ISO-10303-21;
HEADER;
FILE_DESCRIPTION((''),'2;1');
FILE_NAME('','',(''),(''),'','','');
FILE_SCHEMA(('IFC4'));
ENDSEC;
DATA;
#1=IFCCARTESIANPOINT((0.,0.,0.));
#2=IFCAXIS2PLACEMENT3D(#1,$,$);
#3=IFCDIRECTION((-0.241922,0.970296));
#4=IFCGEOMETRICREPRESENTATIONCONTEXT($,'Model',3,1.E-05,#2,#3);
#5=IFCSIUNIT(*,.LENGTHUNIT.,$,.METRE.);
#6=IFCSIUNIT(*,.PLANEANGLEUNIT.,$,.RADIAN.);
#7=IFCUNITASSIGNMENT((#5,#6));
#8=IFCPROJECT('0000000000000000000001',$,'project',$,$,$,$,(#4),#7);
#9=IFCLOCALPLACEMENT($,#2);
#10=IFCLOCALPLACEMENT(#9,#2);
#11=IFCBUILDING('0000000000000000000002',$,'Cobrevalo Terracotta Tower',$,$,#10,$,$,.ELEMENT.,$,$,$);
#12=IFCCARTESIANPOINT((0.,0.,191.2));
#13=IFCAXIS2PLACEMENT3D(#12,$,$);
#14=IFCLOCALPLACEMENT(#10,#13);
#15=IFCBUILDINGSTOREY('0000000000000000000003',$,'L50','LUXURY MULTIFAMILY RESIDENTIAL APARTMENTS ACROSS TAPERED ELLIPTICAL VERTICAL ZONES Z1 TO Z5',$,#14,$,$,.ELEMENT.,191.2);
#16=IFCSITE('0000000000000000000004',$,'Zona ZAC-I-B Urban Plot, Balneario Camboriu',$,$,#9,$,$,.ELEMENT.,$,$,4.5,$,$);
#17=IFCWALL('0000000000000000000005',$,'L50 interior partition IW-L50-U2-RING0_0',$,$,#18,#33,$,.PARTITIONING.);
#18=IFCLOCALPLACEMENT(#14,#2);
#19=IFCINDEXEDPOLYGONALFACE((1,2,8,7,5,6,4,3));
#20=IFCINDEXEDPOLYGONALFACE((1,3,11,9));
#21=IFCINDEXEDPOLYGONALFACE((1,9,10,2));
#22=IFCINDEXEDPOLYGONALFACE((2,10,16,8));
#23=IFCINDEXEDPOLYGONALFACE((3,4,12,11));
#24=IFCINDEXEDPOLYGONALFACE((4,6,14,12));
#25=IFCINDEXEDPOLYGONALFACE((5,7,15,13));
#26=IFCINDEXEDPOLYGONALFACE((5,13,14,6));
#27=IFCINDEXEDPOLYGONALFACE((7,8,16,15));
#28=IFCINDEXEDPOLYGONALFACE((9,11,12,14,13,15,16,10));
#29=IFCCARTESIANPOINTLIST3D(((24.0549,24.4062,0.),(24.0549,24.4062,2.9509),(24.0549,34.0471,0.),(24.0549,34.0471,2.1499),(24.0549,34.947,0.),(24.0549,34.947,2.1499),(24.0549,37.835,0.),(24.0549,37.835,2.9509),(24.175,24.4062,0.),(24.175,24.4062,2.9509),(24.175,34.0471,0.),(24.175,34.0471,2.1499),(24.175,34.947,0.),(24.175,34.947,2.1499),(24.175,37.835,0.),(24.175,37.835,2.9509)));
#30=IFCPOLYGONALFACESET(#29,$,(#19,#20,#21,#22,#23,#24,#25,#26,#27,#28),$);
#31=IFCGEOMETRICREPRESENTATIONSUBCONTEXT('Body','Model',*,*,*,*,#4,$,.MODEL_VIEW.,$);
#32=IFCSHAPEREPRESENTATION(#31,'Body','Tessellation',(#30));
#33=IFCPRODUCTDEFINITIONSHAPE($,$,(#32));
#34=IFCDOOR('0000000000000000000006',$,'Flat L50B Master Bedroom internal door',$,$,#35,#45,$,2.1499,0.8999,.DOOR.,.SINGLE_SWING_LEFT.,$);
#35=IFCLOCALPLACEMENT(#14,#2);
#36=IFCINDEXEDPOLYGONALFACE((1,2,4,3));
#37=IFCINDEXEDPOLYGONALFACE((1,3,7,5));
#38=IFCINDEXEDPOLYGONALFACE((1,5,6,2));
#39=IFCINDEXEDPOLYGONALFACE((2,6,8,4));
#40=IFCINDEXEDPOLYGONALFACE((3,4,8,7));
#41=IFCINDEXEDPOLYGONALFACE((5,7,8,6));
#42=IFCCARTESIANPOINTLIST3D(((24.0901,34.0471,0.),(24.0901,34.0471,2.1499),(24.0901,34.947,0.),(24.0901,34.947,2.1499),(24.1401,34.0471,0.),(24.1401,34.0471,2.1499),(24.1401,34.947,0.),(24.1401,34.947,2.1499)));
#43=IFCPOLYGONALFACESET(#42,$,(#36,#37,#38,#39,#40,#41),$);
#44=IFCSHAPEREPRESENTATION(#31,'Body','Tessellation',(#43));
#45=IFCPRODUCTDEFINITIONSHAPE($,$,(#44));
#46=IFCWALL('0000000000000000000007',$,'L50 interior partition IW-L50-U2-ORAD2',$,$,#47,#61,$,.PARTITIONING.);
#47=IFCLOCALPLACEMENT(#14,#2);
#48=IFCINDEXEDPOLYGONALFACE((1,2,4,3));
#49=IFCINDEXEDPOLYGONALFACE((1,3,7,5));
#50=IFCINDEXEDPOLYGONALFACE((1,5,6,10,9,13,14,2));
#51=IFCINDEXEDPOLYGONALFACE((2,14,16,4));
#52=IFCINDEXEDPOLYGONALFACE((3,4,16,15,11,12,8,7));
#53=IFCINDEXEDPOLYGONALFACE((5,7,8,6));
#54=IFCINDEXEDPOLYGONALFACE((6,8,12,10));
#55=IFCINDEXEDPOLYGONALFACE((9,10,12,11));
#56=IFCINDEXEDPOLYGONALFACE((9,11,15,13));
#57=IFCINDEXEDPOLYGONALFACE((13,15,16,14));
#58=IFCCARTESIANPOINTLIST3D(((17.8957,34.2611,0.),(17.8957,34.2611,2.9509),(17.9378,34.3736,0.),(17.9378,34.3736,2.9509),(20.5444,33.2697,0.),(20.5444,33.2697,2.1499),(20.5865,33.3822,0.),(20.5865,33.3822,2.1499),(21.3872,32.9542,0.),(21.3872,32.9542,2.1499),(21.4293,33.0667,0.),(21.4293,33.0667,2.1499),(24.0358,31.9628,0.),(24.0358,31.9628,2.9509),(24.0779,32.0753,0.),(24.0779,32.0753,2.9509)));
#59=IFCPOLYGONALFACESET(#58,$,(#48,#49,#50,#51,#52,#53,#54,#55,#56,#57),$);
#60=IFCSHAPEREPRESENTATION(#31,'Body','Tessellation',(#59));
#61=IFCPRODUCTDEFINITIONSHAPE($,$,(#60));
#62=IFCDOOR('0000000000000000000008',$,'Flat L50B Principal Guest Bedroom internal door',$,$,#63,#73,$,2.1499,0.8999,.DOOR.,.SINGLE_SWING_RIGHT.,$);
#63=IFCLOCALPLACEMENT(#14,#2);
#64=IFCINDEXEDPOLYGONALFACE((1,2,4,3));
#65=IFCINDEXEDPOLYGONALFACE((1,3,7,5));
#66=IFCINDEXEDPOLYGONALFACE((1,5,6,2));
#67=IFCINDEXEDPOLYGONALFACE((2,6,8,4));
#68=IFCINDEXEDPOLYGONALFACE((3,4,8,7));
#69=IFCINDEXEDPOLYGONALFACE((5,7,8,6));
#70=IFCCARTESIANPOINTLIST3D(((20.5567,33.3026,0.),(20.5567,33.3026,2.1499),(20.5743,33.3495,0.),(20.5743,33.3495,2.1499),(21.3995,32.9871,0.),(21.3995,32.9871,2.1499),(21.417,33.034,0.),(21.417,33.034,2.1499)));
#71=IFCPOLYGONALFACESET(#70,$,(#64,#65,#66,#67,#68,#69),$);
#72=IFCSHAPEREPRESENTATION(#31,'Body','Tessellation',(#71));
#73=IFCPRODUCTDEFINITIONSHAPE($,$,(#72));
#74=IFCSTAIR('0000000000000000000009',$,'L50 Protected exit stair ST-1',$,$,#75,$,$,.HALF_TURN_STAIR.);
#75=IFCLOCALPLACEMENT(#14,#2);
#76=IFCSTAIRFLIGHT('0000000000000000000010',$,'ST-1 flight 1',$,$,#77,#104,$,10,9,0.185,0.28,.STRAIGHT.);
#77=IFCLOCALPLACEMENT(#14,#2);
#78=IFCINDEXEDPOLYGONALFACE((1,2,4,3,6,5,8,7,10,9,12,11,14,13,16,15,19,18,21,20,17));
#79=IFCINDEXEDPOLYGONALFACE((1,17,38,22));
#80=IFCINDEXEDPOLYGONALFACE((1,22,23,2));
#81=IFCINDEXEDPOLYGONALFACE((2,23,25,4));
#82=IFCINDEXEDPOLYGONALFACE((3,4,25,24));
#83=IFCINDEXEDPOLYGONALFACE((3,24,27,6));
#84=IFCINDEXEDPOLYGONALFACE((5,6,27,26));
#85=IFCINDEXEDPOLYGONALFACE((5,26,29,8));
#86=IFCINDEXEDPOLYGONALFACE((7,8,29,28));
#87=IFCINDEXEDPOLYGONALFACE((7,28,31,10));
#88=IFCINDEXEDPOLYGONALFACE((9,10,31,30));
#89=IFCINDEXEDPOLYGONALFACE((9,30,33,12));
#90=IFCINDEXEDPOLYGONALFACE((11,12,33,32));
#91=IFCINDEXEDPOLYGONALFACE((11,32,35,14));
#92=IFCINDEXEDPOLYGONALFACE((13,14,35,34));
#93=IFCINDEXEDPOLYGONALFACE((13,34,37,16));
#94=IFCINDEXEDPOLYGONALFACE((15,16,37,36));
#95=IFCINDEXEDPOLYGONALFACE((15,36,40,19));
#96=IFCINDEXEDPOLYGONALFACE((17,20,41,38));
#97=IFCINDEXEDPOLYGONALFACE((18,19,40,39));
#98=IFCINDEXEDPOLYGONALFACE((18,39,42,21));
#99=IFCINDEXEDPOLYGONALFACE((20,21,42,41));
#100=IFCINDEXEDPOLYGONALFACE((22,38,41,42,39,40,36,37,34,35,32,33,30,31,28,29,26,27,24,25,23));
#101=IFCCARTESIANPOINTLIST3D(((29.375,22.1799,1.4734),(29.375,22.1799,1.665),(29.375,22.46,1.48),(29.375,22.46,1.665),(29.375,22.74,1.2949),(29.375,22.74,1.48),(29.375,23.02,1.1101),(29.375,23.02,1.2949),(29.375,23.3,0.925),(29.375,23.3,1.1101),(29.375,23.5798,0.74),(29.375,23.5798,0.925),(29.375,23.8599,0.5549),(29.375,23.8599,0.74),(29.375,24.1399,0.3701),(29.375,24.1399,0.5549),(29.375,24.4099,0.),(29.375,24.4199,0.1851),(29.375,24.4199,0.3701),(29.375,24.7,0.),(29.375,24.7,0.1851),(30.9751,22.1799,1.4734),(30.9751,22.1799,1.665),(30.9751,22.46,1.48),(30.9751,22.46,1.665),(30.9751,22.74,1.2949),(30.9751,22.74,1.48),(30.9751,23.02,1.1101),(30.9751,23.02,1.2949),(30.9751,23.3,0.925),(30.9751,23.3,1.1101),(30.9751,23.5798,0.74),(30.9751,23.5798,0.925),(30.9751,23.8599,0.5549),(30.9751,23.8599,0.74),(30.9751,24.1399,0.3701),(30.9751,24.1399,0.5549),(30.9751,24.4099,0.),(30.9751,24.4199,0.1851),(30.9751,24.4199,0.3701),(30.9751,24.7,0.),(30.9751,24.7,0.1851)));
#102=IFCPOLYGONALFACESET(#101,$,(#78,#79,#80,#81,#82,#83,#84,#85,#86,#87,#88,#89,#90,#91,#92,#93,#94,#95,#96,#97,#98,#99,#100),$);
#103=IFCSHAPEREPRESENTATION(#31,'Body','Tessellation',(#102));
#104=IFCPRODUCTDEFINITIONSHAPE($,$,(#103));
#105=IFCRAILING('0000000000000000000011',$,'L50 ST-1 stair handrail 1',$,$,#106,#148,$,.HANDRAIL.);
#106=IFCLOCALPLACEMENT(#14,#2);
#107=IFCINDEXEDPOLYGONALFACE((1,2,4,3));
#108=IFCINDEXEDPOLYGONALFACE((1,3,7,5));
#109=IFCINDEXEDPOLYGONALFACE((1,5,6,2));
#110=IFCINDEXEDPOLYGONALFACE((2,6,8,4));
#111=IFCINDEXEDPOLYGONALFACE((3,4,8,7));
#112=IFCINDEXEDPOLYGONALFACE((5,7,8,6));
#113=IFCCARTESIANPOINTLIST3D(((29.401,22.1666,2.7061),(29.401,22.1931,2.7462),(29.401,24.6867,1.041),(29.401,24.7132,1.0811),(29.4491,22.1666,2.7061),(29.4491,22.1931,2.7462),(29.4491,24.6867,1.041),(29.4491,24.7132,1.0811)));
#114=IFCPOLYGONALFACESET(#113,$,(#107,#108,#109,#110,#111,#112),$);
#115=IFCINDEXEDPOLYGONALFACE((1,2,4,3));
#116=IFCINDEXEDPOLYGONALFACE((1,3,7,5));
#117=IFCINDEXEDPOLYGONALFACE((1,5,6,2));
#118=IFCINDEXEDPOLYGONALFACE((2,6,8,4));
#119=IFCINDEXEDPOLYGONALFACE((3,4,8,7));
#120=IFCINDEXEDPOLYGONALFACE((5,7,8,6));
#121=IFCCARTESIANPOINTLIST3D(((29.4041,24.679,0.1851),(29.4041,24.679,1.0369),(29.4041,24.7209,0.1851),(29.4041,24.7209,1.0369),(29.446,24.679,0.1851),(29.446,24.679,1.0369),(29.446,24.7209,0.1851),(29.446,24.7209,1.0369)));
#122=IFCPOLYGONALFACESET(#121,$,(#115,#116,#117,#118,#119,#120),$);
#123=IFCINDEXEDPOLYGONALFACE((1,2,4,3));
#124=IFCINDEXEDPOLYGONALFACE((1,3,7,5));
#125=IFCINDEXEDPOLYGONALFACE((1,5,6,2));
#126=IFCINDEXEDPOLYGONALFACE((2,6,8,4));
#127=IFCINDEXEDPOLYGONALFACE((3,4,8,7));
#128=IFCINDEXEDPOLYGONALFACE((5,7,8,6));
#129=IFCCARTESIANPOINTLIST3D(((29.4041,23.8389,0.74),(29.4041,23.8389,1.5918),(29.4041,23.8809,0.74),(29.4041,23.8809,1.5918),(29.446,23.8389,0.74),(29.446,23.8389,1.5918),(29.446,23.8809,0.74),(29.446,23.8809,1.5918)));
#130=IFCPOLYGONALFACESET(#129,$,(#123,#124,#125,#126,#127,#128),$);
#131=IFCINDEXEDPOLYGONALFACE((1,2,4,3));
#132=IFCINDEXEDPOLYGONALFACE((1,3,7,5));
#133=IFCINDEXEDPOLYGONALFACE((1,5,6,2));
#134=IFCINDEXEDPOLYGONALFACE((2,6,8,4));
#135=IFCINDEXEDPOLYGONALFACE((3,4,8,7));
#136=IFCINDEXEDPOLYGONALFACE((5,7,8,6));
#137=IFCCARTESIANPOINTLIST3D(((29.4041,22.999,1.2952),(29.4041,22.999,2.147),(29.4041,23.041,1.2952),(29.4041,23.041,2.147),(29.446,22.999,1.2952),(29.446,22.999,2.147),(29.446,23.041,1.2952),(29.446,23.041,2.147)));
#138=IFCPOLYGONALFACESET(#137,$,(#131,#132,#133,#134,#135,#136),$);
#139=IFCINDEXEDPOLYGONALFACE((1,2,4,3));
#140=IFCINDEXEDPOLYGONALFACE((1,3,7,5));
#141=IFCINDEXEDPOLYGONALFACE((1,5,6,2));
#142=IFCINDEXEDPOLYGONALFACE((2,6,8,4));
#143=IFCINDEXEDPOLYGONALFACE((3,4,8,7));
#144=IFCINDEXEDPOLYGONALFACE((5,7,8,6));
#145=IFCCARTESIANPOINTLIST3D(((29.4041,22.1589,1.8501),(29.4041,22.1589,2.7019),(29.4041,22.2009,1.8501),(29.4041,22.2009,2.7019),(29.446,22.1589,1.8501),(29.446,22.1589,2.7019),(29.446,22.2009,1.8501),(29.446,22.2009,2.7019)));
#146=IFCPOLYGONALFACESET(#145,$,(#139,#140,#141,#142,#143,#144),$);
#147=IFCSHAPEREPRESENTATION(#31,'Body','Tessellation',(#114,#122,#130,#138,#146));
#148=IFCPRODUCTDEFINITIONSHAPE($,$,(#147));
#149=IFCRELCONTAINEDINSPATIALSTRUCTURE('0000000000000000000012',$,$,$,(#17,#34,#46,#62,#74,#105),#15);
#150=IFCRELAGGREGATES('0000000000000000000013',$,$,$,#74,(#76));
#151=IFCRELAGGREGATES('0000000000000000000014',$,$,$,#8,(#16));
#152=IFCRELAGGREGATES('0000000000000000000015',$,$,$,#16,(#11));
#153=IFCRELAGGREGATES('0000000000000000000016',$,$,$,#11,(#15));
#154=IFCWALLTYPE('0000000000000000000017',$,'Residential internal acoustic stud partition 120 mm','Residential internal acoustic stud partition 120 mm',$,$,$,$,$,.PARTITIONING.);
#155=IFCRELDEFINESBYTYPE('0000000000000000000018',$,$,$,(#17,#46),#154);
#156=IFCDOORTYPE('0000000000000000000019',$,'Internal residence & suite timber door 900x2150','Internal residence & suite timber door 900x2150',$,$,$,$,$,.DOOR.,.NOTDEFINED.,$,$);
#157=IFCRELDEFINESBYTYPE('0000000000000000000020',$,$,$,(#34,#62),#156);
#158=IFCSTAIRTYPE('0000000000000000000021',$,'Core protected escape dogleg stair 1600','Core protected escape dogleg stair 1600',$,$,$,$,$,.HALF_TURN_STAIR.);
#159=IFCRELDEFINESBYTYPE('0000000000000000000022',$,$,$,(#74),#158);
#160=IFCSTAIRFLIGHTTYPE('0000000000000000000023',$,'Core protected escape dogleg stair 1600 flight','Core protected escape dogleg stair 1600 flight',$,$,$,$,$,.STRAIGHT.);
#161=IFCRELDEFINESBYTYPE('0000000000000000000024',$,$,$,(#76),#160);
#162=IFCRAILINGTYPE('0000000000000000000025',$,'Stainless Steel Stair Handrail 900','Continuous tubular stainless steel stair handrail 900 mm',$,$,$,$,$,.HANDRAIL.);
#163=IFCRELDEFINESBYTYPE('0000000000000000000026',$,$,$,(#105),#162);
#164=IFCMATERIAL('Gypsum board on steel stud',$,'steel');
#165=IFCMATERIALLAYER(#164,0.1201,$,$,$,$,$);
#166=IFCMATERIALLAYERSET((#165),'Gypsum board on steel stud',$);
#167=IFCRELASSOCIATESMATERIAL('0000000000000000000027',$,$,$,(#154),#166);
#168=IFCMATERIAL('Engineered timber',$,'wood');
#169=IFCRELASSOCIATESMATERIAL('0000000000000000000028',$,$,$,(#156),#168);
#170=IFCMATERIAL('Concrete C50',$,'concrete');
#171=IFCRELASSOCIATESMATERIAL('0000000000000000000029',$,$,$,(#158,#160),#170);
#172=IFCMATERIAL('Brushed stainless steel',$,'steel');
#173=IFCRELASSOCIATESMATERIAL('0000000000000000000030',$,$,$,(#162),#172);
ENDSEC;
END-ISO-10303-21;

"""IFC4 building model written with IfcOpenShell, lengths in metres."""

from ifc_helpers import new_model, si_unit, direction, frame, frame_2d, origin, origin_2d, place, context, subcontext, project, spatial, polyline, rectangle, outline, extrude, source, transform, mapped, material, layer, layer_set, type_object, element, fill, aggregate, save


model = new_model("IFC4")

# Units and contexts
model_context = context("Model", 3, precision=1e-05, world=origin(), true_north=direction((-0.241922, 0.970296)))
body_context = subcontext(model_context, "Body", "Model", "MODEL_VIEW")
ifc_project = project(units=[si_unit("LENGTHUNIT", "METRE"), si_unit("PLANEANGLEUNIT", "RADIAN")], contexts=[model_context])

# Site, building, storey
site_placement = place(None, origin())
site = spatial("IfcSite", under=ifc_project, at=site_placement, Name="Zona ZAC-I-B Urban Plot, Balneario Camboriu", CompositionType="ELEMENT", RefElevation=4.5)
building_placement = place(site_placement, origin())
building = spatial("IfcBuilding", under=site, at=building_placement, Name="Cobrevalo Terracotta Tower", CompositionType="ELEMENT")
storey_placement = place(building_placement, frame((0.0, 0.0, 191.2)))
storey = spatial("IfcBuildingStorey", under=building, at=storey_placement, Name="L50", Description="LUXURY MULTIFAMILY RESIDENTIAL APARTMENTS ACROSS TAPERED ELLIPTICAL VERTICAL ZONES Z1 TO Z5", CompositionType="ELEMENT", Elevation=191.2)

# Shared definitions
ifc_material_1 = material(Name="Gypsum board on steel stud", Category="steel")

# Shared definitions
ifc_material_2 = material(Name="Brushed stainless steel", Category="steel")

# Walls, openings, doors
ifc_layer_1 = layer(ifc_material_1, 0.1201)
ifc_layer_set_1 = layer_set([ifc_layer_1], Name="Gypsum board on steel stud")
wall_type_1 = type_object("IfcWallType", Name="Residential internal acoustic stud partition 120 mm", Description="Residential internal acoustic stud partition 120 mm", PredefinedType="PARTITIONING", material=ifc_layer_set_1)
wall_1_placement = place(storey_placement, frame((24.115, 24.4062, 0.0), z_axis=(0.0, 0.0, 1.0), x_axis=(0.0, 1.0, 0.0)))
wall_1 = element("IfcWall", 1, at=wall_1_placement, inside=storey, type_object=wall_type_1, Name="L50 interior partition IW-L50-U2-RING0_0", PredefinedType="PARTITIONING", context=body_context, shape_type="SweptSolid", body=[
    extrude(rectangle(XDim=13.4287, YDim=0.1201, at=frame_2d((6.7144, 0.0))), origin(), (0.0, 0.0, 1.0), 2.9509),
])
opening_1_placement = place(wall_1_placement, frame((9.6409, 0.0, 0.0)))
opening_1 = element("IfcOpeningElement", 2, at=opening_1_placement, cuts=wall_1, PredefinedType="OPENING", context=body_context, shape_type="SweptSolid", body=[
    extrude(rectangle(XDim=0.8999, YDim=2.1499, at=frame_2d((0.45, 1.075))), frame((0.0, 0.0701, 0.0), z_axis=(0.0, -1.0, 0.0), x_axis=(1.0, 0.0, 0.0)), (0.0, 0.0, 1.0), 0.1401),
])
ifc_material_3 = material(Name="Engineered timber", Category="wood")
door_type_1 = type_object("IfcDoorType", Name="Internal residence & suite timber door 900x2150", Description="Internal residence & suite timber door 900x2150", OperationType="NOTDEFINED", PredefinedType="DOOR", material=ifc_material_3)
shared_shape_1 = source(origin(), body_context, "Body", "SweptSolid", [
    extrude(rectangle(XDim=0.8999, YDim=2.1499, at=frame_2d((0.45, 1.075))), frame((0.0, 0.0249, 0.0), z_axis=(0.0, -1.0, 0.0), x_axis=(1.0, 0.0, 0.0)), (0.0, 0.0, 1.0), 0.05),
])
door_1_placement = place(opening_1_placement, origin())
door_1 = element("IfcDoor", 3, at=door_1_placement, inside=storey, type_object=door_type_1, Name="Flat L50B Master Bedroom internal door", OperationType="SINGLE_SWING_LEFT", OverallHeight=2.1499, OverallWidth=0.8999, PredefinedType="DOOR", context=body_context, shape_type="MappedRepresentation", body=[
    mapped(shared_shape_1, transform((0.0, 0.0, 0.0), scale=1.0)),
])
fill(opening_1, door_1)
wall_2_placement = place(storey_placement, frame((24.0569, 32.019, 0.0), z_axis=(0.0, 0.0, 1.0), x_axis=(-0.93654, 0.35056, 0.0)))
wall_2 = element("IfcWall", 4, at=wall_2_placement, inside=storey, type_object=wall_type_1, Name="L50 interior partition IW-L50-U2-ORAD2", PredefinedType="PARTITIONING", context=body_context, shape_type="SweptSolid", body=[
    extrude(rectangle(XDim=6.5562, YDim=0.1201, at=frame_2d((3.2781, 0.0))), origin(), (0.0, 0.0, 1.0), 2.9509),
])
opening_2_placement = place(wall_2_placement, frame((2.8281, 0.0, 0.0)))
opening_2 = element("IfcOpeningElement", 5, at=opening_2_placement, cuts=wall_2, PredefinedType="OPENING", context=body_context, shape_type="SweptSolid", body=[
    extrude(rectangle(XDim=0.8999, YDim=2.1499, at=frame_2d((0.45, 1.075))), frame((0.0, 0.0701, 0.0), z_axis=(0.0, -1.0, 0.0), x_axis=(1.0, 0.0, 0.0)), (0.0, 0.0, 1.0), 0.1401),
])
door_2_placement = place(opening_2_placement, origin())
door_2 = element("IfcDoor", 6, at=door_2_placement, inside=storey, type_object=door_type_1, Name="Flat L50B Principal Guest Bedroom internal door", OperationType="SINGLE_SWING_RIGHT", OverallHeight=2.1499, OverallWidth=0.8999, PredefinedType="DOOR", context=body_context, shape_type="MappedRepresentation", body=[
    mapped(shared_shape_1, transform((0.0, 0.0, 0.0), scale=1.0)),
])
fill(opening_2, door_2)
ifc_material_4 = material(Name="Concrete C50", Category="concrete")

# Stair, stair flight
stair_type = type_object("IfcStairType", Name="Core protected escape dogleg stair 1600", Description="Core protected escape dogleg stair 1600", PredefinedType="HALF_TURN_STAIR", material=ifc_material_4)
stair_placement = place(storey_placement, origin())
stair = element("IfcStair", 7, at=stair_placement, inside=storey, type_object=stair_type, Name="L50 Protected exit stair ST-1", PredefinedType="HALF_TURN_STAIR")
stair_flight_type = type_object("IfcStairFlightType", Name="Core protected escape dogleg stair 1600 flight", Description="Core protected escape dogleg stair 1600 flight", PredefinedType="STRAIGHT", material=ifc_material_4)
stair_flight_placement = place(storey_placement, frame((30.175, 24.7, 0.0), z_axis=(0.0, 0.0, 1.0), x_axis=(0.0, -1.0, 0.0)))
stair_flight = element("IfcStairFlight", 8, at=stair_flight_placement, type_object=stair_flight_type, Name="ST-1 flight 1", NumberOfRisers=10, NumberOfTreads=9, PredefinedType="STRAIGHT", RiserHeight=0.185, TreadLength=0.28, context=body_context, shape_type="SweptSolid", body=[
    extrude(outline(polyline([(0.0, 0.0), (0.0, 0.1851), (0.28, 0.1851), (0.28, 0.3701), (0.5601, 0.3701), (0.5601, 0.5549), (0.8401, 0.5549), (0.8401, 0.74), (1.1201, 0.74), (1.1201, 0.925), (1.3999, 0.925), (1.3999, 1.1101), (1.6799, 1.1101), (1.6799, 1.2949), (1.96, 1.2949), (1.96, 1.48), (2.24, 1.48), (2.24, 1.665), (2.52, 1.665), (2.52, 1.8501), (2.52, 1.4734), (0.29, 0.0), (0.0, 0.0)])), frame((0.0, 0.8, 0.0), z_axis=(0.0, -1.0, 0.0), x_axis=(1.0, 0.0, 0.0)), (0.0, 0.0, 1.0), 1.6001),
])
aggregate(stair, [stair_flight])

# Railing
railing_type_1 = type_object("IfcRailingType", Name="Stainless Steel Stair Handrail 900", Description="Continuous tubular stainless steel stair handrail 900 mm", PredefinedType="HANDRAIL", material=ifc_material_2)
railing_1_placement = place(storey_placement, frame((29.425, 24.7, 0.1851)))
element("IfcRailing", 9, at=railing_1_placement, inside=storey, type_object=railing_type_1, Name="L50 ST-1 stair handrail 1", PredefinedType="HANDRAIL", context=body_context, shape_type="SweptSolid", body=[
    extrude(rectangle(XDim=0.0481, YDim=0.0481, at=origin_2d()), frame((0.0, 0.0, 0.876), z_axis=(0.0, -0.834331, 0.551263), x_axis=(1.0, 0.0, 0.0)), (0.0, 0.0, 1.0), 3.0205),
    extrude(rectangle(XDim=0.042, YDim=0.042, at=origin_2d()), origin(), (0.0, 0.0, 1.0), 0.8518),
    extrude(rectangle(XDim=0.042, YDim=0.042, at=origin_2d()), frame((0.0, -0.8401, 0.5549)), (0.0, 0.0, 1.0), 0.8518),
    extrude(rectangle(XDim=0.042, YDim=0.042, at=origin_2d()), frame((0.0, -1.6799, 1.1101)), (0.0, 0.0, 1.0), 0.8518),
    extrude(rectangle(XDim=0.042, YDim=0.042, at=origin_2d()), frame((0.0, -2.52, 1.665)), (0.0, 0.0, 1.0), 0.8518),
])

save(model, "model.ifc")
